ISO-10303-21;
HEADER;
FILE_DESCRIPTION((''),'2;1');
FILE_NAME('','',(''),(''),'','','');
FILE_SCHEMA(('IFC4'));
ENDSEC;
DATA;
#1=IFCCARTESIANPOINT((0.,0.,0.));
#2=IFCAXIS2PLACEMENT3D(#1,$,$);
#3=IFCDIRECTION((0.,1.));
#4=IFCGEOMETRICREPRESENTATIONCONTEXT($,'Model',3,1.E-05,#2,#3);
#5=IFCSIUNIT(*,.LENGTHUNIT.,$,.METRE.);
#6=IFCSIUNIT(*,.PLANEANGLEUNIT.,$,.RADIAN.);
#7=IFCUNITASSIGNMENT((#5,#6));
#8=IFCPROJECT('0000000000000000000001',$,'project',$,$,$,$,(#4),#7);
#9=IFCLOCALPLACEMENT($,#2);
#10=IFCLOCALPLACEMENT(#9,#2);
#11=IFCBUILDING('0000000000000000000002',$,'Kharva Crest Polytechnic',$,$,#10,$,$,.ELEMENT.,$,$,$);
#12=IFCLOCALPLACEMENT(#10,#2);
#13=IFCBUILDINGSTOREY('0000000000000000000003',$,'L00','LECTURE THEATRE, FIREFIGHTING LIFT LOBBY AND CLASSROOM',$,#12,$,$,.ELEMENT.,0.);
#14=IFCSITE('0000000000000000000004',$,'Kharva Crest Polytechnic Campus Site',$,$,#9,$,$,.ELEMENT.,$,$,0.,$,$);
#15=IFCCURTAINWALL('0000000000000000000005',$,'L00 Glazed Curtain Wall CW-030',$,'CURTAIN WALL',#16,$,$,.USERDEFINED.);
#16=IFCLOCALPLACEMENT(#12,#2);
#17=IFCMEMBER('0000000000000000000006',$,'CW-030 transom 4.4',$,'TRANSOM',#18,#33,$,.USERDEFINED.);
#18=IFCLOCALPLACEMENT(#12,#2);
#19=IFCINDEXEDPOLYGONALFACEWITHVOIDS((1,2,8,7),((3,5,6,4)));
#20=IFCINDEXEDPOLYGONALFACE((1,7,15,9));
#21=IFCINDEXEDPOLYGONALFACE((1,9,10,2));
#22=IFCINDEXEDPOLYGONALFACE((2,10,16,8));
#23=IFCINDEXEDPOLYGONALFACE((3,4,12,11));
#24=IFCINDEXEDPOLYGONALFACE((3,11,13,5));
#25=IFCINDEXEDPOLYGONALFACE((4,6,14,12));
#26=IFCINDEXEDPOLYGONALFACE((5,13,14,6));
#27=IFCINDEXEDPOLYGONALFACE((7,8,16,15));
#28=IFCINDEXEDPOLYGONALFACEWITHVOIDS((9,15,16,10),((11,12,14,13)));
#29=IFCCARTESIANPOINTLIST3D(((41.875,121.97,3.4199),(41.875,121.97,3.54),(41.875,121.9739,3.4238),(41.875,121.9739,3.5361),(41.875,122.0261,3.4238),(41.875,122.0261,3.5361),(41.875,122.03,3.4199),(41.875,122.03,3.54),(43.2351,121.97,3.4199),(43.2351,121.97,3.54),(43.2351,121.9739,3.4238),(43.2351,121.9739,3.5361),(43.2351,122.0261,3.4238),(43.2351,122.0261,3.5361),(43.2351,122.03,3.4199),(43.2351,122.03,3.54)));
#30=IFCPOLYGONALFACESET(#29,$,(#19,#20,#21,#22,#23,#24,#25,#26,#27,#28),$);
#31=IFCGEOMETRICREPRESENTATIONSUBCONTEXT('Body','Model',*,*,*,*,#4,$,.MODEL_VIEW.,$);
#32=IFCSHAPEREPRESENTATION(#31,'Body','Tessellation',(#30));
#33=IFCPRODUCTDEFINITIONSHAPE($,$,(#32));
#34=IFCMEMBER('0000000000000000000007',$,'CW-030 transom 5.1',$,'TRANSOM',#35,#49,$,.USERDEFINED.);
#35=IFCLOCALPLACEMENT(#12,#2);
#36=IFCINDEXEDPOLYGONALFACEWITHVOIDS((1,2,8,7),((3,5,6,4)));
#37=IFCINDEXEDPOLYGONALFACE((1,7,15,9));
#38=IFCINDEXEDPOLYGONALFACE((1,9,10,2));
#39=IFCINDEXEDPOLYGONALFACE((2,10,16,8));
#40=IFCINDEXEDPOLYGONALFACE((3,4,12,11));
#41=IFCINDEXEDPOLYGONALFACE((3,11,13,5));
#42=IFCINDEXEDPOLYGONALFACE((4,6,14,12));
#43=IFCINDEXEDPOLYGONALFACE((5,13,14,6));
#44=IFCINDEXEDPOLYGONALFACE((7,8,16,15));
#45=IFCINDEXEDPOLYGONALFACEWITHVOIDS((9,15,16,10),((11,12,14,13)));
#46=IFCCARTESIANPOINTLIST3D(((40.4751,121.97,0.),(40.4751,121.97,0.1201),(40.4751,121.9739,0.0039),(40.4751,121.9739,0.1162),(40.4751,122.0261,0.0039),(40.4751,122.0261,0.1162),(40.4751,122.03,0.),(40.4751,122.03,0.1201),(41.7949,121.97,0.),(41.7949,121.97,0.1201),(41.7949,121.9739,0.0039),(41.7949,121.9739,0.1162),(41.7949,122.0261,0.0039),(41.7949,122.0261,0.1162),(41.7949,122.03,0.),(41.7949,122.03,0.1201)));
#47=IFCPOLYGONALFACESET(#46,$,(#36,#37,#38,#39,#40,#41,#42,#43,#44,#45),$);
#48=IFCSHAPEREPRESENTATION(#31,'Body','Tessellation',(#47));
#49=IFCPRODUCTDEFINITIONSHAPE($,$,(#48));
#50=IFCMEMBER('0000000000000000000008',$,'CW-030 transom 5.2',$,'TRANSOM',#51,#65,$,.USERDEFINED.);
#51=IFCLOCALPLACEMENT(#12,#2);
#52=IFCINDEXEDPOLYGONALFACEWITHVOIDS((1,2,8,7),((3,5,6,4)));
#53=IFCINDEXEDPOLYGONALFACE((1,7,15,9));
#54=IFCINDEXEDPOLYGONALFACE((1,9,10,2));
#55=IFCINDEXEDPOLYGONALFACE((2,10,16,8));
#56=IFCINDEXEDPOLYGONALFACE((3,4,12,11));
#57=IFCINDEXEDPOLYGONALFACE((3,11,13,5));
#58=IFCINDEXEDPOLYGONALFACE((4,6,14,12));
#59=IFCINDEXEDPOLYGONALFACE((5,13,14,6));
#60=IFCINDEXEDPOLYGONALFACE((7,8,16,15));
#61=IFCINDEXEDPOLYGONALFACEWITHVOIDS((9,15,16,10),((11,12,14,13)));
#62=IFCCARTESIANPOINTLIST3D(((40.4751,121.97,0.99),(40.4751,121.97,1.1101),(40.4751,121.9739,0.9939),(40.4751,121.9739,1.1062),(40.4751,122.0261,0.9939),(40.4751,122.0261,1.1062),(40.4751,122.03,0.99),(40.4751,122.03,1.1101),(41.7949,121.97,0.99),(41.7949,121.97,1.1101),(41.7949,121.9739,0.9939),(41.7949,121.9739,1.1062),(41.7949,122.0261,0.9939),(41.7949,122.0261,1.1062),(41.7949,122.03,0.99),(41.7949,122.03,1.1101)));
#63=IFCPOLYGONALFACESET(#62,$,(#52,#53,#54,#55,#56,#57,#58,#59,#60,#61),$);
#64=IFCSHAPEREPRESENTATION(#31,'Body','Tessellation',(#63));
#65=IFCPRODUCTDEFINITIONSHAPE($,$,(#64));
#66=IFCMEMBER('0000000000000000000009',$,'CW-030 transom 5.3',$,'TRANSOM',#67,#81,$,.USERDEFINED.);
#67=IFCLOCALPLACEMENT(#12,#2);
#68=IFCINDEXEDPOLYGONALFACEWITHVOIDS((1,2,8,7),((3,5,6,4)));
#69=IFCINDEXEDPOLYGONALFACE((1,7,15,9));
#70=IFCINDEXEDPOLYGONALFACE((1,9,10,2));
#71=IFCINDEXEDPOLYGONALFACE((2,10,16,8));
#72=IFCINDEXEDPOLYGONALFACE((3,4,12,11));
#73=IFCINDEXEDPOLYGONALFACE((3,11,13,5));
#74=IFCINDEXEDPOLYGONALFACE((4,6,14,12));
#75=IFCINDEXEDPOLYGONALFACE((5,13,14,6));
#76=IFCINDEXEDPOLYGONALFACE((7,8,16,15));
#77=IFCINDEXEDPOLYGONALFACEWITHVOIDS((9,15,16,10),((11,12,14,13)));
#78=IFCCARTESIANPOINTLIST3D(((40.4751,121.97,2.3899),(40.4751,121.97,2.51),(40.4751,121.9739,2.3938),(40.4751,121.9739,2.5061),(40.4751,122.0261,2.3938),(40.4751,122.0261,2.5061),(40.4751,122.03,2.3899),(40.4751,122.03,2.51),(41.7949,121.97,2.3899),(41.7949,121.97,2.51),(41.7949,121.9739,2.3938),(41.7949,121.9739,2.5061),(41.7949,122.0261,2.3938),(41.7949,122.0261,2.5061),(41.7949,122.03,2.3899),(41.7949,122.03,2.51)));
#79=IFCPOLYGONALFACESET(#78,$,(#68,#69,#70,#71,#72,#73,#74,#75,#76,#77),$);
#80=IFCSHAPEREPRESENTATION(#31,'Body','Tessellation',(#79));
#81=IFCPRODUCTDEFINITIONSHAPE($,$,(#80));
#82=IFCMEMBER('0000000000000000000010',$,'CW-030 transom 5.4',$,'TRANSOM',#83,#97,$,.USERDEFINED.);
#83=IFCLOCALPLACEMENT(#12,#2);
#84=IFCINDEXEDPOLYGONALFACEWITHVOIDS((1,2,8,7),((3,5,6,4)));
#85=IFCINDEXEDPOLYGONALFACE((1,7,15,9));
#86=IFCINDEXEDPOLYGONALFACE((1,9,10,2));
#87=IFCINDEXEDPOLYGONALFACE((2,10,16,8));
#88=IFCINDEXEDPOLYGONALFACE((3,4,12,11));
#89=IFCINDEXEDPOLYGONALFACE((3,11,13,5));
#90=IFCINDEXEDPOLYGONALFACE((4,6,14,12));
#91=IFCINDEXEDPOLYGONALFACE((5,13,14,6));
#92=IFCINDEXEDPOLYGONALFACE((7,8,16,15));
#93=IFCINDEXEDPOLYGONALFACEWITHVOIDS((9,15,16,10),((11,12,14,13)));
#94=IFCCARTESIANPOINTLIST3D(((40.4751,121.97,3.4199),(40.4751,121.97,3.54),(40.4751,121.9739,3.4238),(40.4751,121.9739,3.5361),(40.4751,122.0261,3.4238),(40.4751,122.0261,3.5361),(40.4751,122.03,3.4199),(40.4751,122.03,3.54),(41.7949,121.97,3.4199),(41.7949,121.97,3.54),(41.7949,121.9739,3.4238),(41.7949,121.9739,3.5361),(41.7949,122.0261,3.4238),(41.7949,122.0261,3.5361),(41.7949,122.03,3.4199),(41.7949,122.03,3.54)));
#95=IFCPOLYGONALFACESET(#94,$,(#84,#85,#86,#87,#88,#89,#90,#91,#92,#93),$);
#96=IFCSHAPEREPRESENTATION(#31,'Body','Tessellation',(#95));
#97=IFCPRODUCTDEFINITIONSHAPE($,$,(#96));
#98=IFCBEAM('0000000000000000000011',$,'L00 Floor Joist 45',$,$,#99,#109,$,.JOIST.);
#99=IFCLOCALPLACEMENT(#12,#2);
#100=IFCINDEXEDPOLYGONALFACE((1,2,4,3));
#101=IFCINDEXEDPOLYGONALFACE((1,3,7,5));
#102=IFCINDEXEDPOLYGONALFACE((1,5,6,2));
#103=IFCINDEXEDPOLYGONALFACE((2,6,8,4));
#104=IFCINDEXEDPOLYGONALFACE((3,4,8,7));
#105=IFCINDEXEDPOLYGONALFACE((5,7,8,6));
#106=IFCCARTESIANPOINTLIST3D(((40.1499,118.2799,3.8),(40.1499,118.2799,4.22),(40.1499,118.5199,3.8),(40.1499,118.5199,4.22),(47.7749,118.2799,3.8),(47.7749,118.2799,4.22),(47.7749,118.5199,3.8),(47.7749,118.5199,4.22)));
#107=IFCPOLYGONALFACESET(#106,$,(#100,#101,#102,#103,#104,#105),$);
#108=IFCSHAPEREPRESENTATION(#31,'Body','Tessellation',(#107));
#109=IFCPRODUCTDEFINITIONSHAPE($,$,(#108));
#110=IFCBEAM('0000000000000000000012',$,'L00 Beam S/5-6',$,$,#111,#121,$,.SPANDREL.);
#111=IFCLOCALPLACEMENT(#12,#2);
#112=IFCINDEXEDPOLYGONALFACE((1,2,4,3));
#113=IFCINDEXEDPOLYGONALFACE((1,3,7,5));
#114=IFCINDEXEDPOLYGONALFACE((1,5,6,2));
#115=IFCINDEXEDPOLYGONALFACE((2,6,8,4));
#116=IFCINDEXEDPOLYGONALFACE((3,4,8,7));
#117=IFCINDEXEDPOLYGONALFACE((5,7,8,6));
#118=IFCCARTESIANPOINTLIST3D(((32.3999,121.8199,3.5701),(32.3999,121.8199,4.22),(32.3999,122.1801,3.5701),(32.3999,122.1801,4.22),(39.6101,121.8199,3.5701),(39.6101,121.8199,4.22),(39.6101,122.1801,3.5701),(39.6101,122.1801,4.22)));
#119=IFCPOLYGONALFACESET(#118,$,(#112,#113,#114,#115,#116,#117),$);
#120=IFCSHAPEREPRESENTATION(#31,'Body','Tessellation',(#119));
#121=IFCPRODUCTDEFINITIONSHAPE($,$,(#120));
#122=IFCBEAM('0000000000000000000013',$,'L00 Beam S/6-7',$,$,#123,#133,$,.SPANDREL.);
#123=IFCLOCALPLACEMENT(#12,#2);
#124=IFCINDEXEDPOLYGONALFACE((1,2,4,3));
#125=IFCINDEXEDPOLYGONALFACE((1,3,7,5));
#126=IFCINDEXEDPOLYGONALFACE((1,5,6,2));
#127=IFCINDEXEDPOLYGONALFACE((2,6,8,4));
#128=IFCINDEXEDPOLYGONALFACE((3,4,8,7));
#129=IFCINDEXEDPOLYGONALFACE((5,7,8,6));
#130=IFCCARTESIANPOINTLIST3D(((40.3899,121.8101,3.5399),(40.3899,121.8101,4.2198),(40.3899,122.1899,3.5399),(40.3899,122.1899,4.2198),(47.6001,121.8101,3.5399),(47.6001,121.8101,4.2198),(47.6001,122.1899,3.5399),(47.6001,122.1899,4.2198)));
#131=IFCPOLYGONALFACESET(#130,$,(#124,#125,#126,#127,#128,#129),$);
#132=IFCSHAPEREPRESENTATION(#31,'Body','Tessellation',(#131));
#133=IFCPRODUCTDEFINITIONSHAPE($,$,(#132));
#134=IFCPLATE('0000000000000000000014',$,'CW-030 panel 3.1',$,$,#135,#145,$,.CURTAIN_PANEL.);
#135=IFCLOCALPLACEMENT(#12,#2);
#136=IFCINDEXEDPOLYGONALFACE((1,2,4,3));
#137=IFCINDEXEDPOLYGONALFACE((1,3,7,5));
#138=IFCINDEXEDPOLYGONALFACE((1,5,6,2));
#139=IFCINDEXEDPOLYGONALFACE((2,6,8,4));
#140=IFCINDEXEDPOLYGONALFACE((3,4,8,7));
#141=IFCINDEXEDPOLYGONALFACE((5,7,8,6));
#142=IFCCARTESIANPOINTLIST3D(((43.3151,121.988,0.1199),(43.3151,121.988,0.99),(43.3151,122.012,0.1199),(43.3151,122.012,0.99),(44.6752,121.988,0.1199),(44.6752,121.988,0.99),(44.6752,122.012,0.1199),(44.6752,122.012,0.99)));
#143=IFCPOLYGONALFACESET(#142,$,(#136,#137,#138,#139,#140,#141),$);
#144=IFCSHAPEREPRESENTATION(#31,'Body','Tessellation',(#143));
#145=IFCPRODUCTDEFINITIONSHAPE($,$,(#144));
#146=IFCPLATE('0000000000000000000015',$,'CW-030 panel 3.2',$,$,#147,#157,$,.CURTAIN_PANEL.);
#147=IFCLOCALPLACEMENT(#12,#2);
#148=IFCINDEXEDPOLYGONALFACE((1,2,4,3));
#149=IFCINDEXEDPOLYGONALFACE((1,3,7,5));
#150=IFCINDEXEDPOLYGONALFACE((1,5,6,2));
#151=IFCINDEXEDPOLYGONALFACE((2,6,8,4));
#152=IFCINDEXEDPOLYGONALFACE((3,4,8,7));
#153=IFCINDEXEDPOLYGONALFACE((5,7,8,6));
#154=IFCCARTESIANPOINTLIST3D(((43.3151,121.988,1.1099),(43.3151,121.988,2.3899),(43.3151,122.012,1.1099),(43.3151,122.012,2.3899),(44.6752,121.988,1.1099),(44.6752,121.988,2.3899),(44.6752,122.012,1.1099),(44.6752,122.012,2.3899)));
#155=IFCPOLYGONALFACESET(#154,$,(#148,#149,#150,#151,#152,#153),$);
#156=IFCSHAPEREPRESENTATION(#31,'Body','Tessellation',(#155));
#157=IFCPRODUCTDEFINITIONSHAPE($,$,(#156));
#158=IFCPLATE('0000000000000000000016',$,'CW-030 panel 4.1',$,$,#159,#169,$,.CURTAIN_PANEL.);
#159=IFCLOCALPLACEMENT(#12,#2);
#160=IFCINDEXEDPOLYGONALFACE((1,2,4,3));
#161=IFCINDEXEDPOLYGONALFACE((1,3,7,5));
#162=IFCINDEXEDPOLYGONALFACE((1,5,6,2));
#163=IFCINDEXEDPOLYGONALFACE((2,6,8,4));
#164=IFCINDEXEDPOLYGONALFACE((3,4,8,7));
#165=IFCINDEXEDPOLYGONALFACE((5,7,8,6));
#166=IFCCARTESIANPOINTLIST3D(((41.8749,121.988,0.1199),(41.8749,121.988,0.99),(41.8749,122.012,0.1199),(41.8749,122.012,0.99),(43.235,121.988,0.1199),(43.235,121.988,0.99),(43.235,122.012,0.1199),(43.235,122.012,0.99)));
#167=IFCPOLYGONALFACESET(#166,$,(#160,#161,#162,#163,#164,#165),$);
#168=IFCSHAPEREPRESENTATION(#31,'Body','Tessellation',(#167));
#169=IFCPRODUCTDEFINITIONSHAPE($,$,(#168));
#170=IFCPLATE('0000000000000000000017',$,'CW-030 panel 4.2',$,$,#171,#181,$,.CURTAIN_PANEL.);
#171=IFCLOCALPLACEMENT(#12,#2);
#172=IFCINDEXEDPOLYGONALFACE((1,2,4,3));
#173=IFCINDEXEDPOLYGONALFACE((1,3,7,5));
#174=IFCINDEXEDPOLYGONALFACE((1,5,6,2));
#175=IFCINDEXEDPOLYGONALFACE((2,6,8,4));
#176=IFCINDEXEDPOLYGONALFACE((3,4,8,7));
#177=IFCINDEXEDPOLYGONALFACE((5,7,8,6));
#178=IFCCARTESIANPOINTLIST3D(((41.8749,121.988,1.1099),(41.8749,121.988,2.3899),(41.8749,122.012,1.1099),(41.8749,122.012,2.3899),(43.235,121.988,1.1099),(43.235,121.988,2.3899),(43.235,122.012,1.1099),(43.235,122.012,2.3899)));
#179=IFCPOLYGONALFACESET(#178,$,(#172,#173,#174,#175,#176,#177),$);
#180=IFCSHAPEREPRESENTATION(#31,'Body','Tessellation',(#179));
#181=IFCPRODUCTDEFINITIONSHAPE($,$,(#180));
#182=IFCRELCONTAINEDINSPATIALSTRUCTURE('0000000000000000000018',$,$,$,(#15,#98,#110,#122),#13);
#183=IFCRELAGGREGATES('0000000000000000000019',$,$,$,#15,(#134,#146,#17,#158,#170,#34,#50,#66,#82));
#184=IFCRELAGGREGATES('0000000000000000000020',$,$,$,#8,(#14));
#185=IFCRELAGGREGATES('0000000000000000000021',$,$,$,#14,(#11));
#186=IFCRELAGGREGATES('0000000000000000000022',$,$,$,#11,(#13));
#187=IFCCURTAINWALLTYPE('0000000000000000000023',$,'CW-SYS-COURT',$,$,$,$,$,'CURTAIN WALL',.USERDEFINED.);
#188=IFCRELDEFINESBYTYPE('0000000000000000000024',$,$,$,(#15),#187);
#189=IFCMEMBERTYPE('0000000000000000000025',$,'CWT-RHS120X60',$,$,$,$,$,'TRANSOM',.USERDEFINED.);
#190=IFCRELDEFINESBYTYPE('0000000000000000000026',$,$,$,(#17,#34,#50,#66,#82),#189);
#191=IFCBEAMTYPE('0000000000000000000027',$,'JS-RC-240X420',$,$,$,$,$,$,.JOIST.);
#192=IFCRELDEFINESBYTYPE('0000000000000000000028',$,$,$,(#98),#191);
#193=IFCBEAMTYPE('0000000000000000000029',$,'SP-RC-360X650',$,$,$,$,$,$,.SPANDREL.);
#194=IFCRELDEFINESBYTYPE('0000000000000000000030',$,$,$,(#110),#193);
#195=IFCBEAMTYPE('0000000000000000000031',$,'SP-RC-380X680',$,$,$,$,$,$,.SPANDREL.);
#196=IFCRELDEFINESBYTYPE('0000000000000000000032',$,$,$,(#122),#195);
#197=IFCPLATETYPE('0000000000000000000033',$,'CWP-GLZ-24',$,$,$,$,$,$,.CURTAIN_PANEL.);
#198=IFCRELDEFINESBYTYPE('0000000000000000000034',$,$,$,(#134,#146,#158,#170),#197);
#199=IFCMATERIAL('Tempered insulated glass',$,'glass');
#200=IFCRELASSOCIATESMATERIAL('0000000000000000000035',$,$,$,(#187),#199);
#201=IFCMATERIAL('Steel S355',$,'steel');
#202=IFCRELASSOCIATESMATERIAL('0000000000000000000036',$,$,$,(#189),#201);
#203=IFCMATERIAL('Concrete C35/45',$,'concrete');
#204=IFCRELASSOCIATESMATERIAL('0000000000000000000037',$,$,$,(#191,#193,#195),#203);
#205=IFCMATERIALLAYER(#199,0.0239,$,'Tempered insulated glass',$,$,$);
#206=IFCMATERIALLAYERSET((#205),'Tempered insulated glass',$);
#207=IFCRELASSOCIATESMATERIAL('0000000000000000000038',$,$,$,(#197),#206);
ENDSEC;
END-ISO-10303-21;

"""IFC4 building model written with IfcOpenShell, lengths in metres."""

from ifc_helpers import new_model, si_unit, direction, frame, origin, origin_2d, place, context, subcontext, project, spatial, rectangle, hollow_rectangle, extrude, material, layer, layer_set, material_profile, profile_set, type_object, element, aggregate, save


model = new_model("IFC4")

# Units and contexts
model_context = context("Model", 3, precision=1e-05, world=origin(), true_north=direction((0.0, 1.0)))
body_context = subcontext(model_context, "Body", "Model", "MODEL_VIEW")
ifc_project = project(units=[si_unit("LENGTHUNIT", "METRE"), si_unit("PLANEANGLEUNIT", "RADIAN")], contexts=[model_context])

# Site, building, storey
site_placement = place(None, origin())
site = spatial("IfcSite", under=ifc_project, at=site_placement, Name="Kharva Crest Polytechnic Campus Site", CompositionType="ELEMENT", RefElevation=0.0)
building_placement = place(site_placement, origin())
building = spatial("IfcBuilding", under=site, at=building_placement, Name="Kharva Crest Polytechnic", CompositionType="ELEMENT")
storey_placement = place(building_placement, origin())
storey = spatial("IfcBuildingStorey", under=building, at=storey_placement, Name="L00", Description="LECTURE THEATRE, FIREFIGHTING LIFT LOBBY AND CLASSROOM", CompositionType="ELEMENT", Elevation=0.0)

# Shared definitions
ifc_material_1 = material(Name="Concrete C35/45", Category="concrete")

# Curtain wall, members
ifc_material_2 = material(Name="Tempered insulated glass", Category="glass")
curtain_wall_type = type_object("IfcCurtainWallType", Name="CW-SYS-COURT", ElementType="CURTAIN WALL", PredefinedType="USERDEFINED", material=ifc_material_2)
curtain_wall_placement = place(storey_placement, origin())
curtain_wall = element("IfcCurtainWall", 1, at=curtain_wall_placement, inside=storey, type_object=curtain_wall_type, Name="L00 Glazed Curtain Wall CW-030", ObjectType="CURTAIN WALL", PredefinedType="USERDEFINED")
ifc_material_3 = material(Name="Steel S355", Category="steel")
ifc_material_profile_1 = material_profile(ifc_material_3, hollow_rectangle(XDim=0.0601, YDim=0.1201, WallThickness=0.0039, at=origin_2d()), Name="RHS 120X60X4.0")
ifc_profile_set_1 = profile_set([ifc_material_profile_1], Name="Steel S355")
member_type_1 = type_object("IfcMemberType", Name="CWT-RHS120X60", ElementType="TRANSOM", PredefinedType="USERDEFINED", material=ifc_profile_set_1)
member_1_placement = place(storey_placement, frame((43.2351, 122.0, 3.48), z_axis=(-1.0, 0.0, 0.0), x_axis=(0.0, -1.0, 0.0)))
member_1 = element("IfcMember", 2, at=member_1_placement, type_object=member_type_1, Name="CW-030 transom 4.4", ObjectType="TRANSOM", PredefinedType="USERDEFINED", context=body_context, shape_type="SweptSolid", body=[
    extrude(hollow_rectangle(XDim=0.0601, YDim=0.1201, WallThickness=0.0039, at=origin_2d()), origin(), (0.0, 0.0, 1.0), 1.3601),
])
member_2_placement = place(storey_placement, frame((41.7949, 122.0, 0.0601), z_axis=(-1.0, 0.0, 0.0), x_axis=(0.0, -1.0, 0.0)))
member_2 = element("IfcMember", 3, at=member_2_placement, type_object=member_type_1, Name="CW-030 transom 5.1", ObjectType="TRANSOM", PredefinedType="USERDEFINED", context=body_context, shape_type="SweptSolid", body=[
    extrude(hollow_rectangle(XDim=0.0601, YDim=0.1201, WallThickness=0.0039, at=origin_2d()), origin(), (0.0, 0.0, 1.0), 1.3198),
])
member_3_placement = place(storey_placement, frame((41.7949, 122.0, 1.05), z_axis=(-1.0, 0.0, 0.0), x_axis=(0.0, -1.0, 0.0)))
member_3 = element("IfcMember", 4, at=member_3_placement, type_object=member_type_1, Name="CW-030 transom 5.2", ObjectType="TRANSOM", PredefinedType="USERDEFINED", context=body_context, shape_type="SweptSolid", body=[
    extrude(hollow_rectangle(XDim=0.0601, YDim=0.1201, WallThickness=0.0039, at=origin_2d()), origin(), (0.0, 0.0, 1.0), 1.3198),
])
member_4_placement = place(storey_placement, frame((41.7949, 122.0, 2.45), z_axis=(-1.0, 0.0, 0.0), x_axis=(0.0, -1.0, 0.0)))
member_4 = element("IfcMember", 5, at=member_4_placement, type_object=member_type_1, Name="CW-030 transom 5.3", ObjectType="TRANSOM", PredefinedType="USERDEFINED", context=body_context, shape_type="SweptSolid", body=[
    extrude(hollow_rectangle(XDim=0.0601, YDim=0.1201, WallThickness=0.0039, at=origin_2d()), origin(), (0.0, 0.0, 1.0), 1.3198),
])
member_5_placement = place(storey_placement, frame((41.7949, 122.0, 3.48), z_axis=(-1.0, 0.0, 0.0), x_axis=(0.0, -1.0, 0.0)))
member_5 = element("IfcMember", 6, at=member_5_placement, type_object=member_type_1, Name="CW-030 transom 5.4", ObjectType="TRANSOM", PredefinedType="USERDEFINED", context=body_context, shape_type="SweptSolid", body=[
    extrude(hollow_rectangle(XDim=0.0601, YDim=0.1201, WallThickness=0.0039, at=origin_2d()), origin(), (0.0, 0.0, 1.0), 1.3198),
])

# Beams
ifc_material_profile_2 = material_profile(ifc_material_1, rectangle(XDim=0.24, YDim=0.4199, at=origin_2d()), Name="RECT 240 X 420")
ifc_profile_set_2 = profile_set([ifc_material_profile_2], Name="Concrete C35/45")
beam_type_1 = type_object("IfcBeamType", Name="JS-RC-240X420", PredefinedType="JOIST", material=ifc_profile_set_2)
beam_1_placement = place(storey_placement, frame((40.1499, 118.3999, 4.01), z_axis=(1.0, 0.0, 0.0), x_axis=(0.0, 1.0, 0.0)))
element("IfcBeam", 7, at=beam_1_placement, inside=storey, type_object=beam_type_1, Name="L00 Floor Joist 45", PredefinedType="JOIST", context=body_context, shape_type="SweptSolid", body=[
    extrude(rectangle(XDim=0.24, YDim=0.4199, at=origin_2d()), origin(), (0.0, 0.0, 1.0), 7.625),
])
ifc_material_profile_3 = material_profile(ifc_material_1, rectangle(XDim=0.3601, YDim=0.6499, at=origin_2d()), Name="RECT 360 X 650")
ifc_profile_set_3 = profile_set([ifc_material_profile_3], Name="Concrete C35/45")
beam_type_2 = type_object("IfcBeamType", Name="SP-RC-360X650", PredefinedType="SPANDREL", material=ifc_profile_set_3)
beam_2_placement = place(storey_placement, frame((32.3999, 122.0, 3.895), z_axis=(1.0, 0.0, 0.0), x_axis=(0.0, 1.0, 0.0)))
element("IfcBeam", 8, at=beam_2_placement, inside=storey, type_object=beam_type_2, Name="L00 Beam S/5-6", PredefinedType="SPANDREL", context=body_context, shape_type="SweptSolid", body=[
    extrude(rectangle(XDim=0.3601, YDim=0.6499, at=origin_2d()), origin(), (0.0, 0.0, 1.0), 7.2102),
])
ifc_material_profile_4 = material_profile(ifc_material_1, rectangle(XDim=0.3799, YDim=0.6799, at=origin_2d()), Name="RECT 380 X 680")
ifc_profile_set_4 = profile_set([ifc_material_profile_4], Name="Concrete C35/45")
beam_type_3 = type_object("IfcBeamType", Name="SP-RC-380X680", PredefinedType="SPANDREL", material=ifc_profile_set_4)
beam_3_placement = place(storey_placement, frame((40.3899, 122.0, 3.8799), z_axis=(1.0, 0.0, 0.0), x_axis=(0.0, 1.0, 0.0)))
element("IfcBeam", 9, at=beam_3_placement, inside=storey, type_object=beam_type_3, Name="L00 Beam S/6-7", PredefinedType="SPANDREL", context=body_context, shape_type="SweptSolid", body=[
    extrude(rectangle(XDim=0.3799, YDim=0.6799, at=origin_2d()), origin(), (0.0, 0.0, 1.0), 7.2102),
])

# Plates
ifc_layer_1 = layer(ifc_material_2, 0.0239, Name="Tempered insulated glass")
ifc_layer_set_1 = layer_set([ifc_layer_1], Name="Tempered insulated glass")
plate_type = type_object("IfcPlateType", Name="CWP-GLZ-24", PredefinedType="CURTAIN_PANEL", material=ifc_layer_set_1)
plate_1_placement = place(storey_placement, frame((43.9951, 122.0, 0.1199), z_axis=(0.0, 0.0, 1.0), x_axis=(-1.0, 0.0, 0.0)))
plate_1 = element("IfcPlate", 10, at=plate_1_placement, type_object=plate_type, Name="CW-030 panel 3.1", PredefinedType="CURTAIN_PANEL", context=body_context, shape_type="SweptSolid", body=[
    extrude(rectangle(XDim=1.3601, YDim=0.0239, at=origin_2d()), origin(), (0.0, 0.0, 1.0), 0.8701),
])
plate_2_placement = place(storey_placement, frame((43.9951, 122.0, 1.1099), z_axis=(0.0, 0.0, 1.0), x_axis=(-1.0, 0.0, 0.0)))
plate_2 = element("IfcPlate", 11, at=plate_2_placement, type_object=plate_type, Name="CW-030 panel 3.2", PredefinedType="CURTAIN_PANEL", context=body_context, shape_type="SweptSolid", body=[
    extrude(rectangle(XDim=1.3601, YDim=0.0239, at=origin_2d()), origin(), (0.0, 0.0, 1.0), 1.28),
])
plate_3_placement = place(storey_placement, frame((42.5549, 122.0, 0.1199), z_axis=(0.0, 0.0, 1.0), x_axis=(-1.0, 0.0, 0.0)))
plate_3 = element("IfcPlate", 12, at=plate_3_placement, type_object=plate_type, Name="CW-030 panel 4.1", PredefinedType="CURTAIN_PANEL", context=body_context, shape_type="SweptSolid", body=[
    extrude(rectangle(XDim=1.3601, YDim=0.0239, at=origin_2d()), origin(), (0.0, 0.0, 1.0), 0.8701),
])
plate_4_placement = place(storey_placement, frame((42.5549, 122.0, 1.1099), z_axis=(0.0, 0.0, 1.0), x_axis=(-1.0, 0.0, 0.0)))
plate_4 = element("IfcPlate", 13, at=plate_4_placement, type_object=plate_type, Name="CW-030 panel 4.2", PredefinedType="CURTAIN_PANEL", context=body_context, shape_type="SweptSolid", body=[
    extrude(rectangle(XDim=1.3601, YDim=0.0239, at=origin_2d()), origin(), (0.0, 0.0, 1.0), 1.28),
])
aggregate(curtain_wall, [plate_1, plate_2, member_1, plate_3, plate_4, member_2, member_3, member_4, member_5])

save(model, "model.ifc")
